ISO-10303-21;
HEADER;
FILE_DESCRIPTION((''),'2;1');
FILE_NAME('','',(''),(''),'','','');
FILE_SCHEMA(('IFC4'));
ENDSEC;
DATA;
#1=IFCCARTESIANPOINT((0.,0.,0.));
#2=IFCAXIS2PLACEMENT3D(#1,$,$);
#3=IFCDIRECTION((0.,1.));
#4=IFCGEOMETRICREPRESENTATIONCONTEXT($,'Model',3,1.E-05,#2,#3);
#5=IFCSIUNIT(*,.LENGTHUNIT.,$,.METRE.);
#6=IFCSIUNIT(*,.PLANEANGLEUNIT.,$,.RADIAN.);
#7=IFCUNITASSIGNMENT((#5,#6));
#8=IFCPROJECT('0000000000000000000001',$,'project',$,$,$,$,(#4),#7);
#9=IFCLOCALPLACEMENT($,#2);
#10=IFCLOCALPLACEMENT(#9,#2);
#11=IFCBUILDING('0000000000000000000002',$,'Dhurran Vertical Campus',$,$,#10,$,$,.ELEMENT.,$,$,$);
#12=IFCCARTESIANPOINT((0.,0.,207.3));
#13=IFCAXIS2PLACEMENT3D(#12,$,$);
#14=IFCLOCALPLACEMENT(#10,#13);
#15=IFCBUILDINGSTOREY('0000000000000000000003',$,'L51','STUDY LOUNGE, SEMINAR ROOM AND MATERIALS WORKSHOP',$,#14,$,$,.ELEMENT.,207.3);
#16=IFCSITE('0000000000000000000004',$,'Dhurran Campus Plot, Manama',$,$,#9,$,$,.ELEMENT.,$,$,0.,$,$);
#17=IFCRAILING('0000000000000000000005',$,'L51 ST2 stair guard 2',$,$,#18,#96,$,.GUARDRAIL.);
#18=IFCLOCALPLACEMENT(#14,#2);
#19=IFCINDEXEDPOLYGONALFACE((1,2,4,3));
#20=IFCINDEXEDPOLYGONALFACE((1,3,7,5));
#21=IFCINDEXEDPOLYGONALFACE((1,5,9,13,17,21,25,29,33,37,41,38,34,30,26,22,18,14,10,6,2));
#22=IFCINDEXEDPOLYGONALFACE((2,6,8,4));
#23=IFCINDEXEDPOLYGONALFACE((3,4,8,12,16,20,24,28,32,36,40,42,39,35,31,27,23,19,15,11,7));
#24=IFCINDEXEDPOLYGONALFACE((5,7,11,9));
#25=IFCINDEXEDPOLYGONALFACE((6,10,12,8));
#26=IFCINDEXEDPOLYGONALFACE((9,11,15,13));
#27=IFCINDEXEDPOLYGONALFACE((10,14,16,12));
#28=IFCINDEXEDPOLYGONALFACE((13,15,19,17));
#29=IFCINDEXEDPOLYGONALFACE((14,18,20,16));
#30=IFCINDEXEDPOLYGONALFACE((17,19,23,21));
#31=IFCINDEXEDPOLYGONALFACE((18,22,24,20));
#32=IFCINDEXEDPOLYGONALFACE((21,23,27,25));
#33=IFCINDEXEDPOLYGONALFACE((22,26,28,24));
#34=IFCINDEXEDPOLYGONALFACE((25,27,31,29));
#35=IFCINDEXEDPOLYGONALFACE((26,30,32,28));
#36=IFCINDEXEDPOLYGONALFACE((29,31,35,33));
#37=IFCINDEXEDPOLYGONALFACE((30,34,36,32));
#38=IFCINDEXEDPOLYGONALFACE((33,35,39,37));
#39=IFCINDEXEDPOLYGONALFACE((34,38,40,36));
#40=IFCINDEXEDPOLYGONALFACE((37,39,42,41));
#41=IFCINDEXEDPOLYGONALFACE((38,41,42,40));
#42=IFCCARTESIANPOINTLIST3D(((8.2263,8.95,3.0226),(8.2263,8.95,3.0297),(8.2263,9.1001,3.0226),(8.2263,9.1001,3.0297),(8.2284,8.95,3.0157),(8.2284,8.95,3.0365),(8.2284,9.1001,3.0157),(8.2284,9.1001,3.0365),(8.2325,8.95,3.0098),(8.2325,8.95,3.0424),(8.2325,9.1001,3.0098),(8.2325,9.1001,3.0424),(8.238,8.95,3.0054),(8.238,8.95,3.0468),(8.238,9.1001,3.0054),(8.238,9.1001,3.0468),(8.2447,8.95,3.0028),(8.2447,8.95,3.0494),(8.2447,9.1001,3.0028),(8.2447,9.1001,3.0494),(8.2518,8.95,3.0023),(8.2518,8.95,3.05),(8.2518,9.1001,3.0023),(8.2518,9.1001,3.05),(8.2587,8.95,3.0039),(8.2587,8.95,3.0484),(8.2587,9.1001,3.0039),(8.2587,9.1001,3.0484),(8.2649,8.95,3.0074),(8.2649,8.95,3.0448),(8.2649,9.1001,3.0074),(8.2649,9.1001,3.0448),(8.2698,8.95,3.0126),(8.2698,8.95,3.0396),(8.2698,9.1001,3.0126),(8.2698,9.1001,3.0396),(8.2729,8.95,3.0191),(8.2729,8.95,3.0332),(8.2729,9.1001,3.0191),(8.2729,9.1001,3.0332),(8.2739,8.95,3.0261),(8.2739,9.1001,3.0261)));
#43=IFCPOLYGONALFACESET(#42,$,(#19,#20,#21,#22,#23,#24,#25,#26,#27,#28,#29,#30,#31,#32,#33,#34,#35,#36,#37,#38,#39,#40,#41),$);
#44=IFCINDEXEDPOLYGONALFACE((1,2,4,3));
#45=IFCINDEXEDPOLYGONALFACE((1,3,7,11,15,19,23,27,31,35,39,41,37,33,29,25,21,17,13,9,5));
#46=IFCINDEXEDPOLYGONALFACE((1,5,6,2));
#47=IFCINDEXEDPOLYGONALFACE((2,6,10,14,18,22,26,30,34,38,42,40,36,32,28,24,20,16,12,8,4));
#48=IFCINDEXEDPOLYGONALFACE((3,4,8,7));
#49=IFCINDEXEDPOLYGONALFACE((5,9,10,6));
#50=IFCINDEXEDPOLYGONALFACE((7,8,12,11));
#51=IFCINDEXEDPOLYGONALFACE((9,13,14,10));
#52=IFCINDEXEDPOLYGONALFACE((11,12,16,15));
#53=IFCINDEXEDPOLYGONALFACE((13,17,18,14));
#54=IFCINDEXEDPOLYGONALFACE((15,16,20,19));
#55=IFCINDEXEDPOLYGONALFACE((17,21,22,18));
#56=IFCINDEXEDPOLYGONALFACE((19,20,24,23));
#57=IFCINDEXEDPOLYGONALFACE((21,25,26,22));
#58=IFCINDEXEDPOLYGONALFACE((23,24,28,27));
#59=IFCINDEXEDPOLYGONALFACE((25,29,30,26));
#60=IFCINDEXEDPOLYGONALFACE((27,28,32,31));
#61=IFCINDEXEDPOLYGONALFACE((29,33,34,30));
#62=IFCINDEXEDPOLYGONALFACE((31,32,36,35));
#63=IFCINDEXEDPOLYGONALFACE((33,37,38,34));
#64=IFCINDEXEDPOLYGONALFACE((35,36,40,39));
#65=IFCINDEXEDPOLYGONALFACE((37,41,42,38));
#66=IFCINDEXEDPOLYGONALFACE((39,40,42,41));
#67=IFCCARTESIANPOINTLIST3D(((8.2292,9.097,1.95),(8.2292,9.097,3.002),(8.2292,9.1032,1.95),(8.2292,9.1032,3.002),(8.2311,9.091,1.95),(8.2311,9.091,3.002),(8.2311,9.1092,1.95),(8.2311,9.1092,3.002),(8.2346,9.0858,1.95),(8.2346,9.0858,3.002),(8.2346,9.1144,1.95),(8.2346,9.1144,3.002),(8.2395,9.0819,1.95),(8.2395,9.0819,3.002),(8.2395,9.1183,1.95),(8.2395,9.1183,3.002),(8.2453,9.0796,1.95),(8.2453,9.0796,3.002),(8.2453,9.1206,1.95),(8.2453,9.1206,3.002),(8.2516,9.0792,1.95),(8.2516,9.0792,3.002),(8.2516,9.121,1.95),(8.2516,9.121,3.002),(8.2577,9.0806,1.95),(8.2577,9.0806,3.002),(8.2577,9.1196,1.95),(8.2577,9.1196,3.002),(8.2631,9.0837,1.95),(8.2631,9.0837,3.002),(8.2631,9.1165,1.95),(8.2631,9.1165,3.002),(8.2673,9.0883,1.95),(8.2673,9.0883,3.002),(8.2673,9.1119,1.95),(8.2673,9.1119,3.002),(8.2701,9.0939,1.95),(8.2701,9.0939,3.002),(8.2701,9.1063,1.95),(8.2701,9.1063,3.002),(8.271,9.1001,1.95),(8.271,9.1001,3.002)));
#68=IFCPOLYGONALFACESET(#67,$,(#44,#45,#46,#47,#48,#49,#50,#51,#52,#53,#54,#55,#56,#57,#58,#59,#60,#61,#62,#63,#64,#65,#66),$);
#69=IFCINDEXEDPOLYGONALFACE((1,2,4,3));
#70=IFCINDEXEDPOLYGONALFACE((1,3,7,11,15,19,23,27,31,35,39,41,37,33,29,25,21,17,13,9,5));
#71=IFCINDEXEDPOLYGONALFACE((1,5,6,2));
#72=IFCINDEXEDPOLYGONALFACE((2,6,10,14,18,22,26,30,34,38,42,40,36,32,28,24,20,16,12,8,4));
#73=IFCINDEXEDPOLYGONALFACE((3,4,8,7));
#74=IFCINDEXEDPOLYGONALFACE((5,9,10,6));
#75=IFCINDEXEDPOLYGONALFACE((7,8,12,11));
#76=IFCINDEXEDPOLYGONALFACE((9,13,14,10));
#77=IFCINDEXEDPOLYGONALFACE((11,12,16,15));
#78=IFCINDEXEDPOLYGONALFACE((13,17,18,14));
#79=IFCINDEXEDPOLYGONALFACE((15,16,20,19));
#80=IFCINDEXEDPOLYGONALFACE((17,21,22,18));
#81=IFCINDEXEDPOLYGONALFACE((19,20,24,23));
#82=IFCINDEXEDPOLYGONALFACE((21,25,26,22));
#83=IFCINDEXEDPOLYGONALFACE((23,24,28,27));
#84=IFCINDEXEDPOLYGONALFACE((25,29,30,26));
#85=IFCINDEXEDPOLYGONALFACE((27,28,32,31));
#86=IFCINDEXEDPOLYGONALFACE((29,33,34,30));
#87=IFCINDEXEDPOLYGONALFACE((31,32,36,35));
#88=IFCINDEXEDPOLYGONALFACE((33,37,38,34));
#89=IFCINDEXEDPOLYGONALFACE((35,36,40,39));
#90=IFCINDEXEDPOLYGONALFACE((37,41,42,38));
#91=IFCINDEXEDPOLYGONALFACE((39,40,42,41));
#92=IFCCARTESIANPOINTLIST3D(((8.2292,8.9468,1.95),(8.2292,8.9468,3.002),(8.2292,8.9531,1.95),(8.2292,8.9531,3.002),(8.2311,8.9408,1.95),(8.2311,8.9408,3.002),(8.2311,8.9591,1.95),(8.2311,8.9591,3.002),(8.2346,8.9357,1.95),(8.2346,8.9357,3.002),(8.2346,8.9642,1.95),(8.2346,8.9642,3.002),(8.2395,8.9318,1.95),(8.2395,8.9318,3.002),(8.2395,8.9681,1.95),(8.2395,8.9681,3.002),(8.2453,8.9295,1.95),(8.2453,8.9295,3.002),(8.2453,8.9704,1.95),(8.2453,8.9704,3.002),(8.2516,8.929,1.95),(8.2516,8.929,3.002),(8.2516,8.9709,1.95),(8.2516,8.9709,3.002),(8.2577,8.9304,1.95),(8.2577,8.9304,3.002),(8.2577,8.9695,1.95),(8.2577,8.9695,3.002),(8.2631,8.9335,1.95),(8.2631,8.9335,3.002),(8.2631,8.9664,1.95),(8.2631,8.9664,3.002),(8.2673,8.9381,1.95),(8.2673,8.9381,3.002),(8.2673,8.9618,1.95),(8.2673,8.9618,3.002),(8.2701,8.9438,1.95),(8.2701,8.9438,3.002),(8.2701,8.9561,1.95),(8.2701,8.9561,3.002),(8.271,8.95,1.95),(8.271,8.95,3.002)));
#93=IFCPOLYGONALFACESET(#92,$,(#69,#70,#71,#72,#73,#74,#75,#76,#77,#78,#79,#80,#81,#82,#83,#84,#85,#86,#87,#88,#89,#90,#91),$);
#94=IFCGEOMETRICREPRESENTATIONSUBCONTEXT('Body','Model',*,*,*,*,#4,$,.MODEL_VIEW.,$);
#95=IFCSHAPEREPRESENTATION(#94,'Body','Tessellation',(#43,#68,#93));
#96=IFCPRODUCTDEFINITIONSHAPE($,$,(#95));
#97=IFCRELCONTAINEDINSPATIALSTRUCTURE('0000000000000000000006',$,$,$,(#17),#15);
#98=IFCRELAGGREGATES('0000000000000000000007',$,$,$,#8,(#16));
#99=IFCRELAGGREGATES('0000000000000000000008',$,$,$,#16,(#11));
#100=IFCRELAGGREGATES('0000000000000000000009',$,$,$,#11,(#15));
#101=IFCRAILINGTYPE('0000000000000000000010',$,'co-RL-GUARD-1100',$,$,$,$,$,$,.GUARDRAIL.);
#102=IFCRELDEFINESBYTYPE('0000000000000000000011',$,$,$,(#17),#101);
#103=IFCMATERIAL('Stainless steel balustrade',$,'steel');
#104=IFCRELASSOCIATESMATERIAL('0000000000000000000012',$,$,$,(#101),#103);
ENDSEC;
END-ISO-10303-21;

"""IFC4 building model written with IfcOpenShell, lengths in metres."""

from ifc_helpers import new_model, si_unit, direction, frame, origin, origin_2d, place, context, subcontext, project, spatial, circle, extrude, material, type_object, element, save


model = new_model("IFC4")

# Units and contexts
model_context = context("Model", 3, precision=1e-05, world=origin(), true_north=direction((0.0, 1.0)))
body_context = subcontext(model_context, "Body", "Model", "MODEL_VIEW")
ifc_project = project(units=[si_unit("LENGTHUNIT", "METRE"), si_unit("PLANEANGLEUNIT", "RADIAN")], contexts=[model_context])

# Site, building, storey
site_placement = place(None, origin())
site = spatial("IfcSite", under=ifc_project, at=site_placement, Name="Dhurran Campus Plot, Manama", CompositionType="ELEMENT", RefElevation=0.0)
building_placement = place(site_placement, origin())
building = spatial("IfcBuilding", under=site, at=building_placement, Name="Dhurran Vertical Campus", CompositionType="ELEMENT")
storey_placement = place(building_placement, frame((0.0, 0.0, 207.3)))
storey = spatial("IfcBuildingStorey", under=building, at=storey_placement, Name="L51", Description="STUDY LOUNGE, SEMINAR ROOM AND MATERIALS WORKSHOP", CompositionType="ELEMENT", Elevation=207.3)

# Railing
ifc_material_1 = material(Name="Stainless steel balustrade", Category="steel")
railing_type_1 = type_object("IfcRailingType", Name="co-RL-GUARD-1100", PredefinedType="GUARDRAIL", material=ifc_material_1)
railing_1_placement = place(storey_placement, frame((8.25, 9.1001, 1.95)))
element("IfcRailing", 1, at=railing_1_placement, inside=storey, type_object=railing_type_1, Name="L51 ST2 stair guard 2", PredefinedType="GUARDRAIL", context=body_context, shape_type="SweptSolid", body=[
    extrude(circle(Radius=0.0239, at=origin_2d()), frame((0.0, 0.0, 1.0762), z_axis=(0.0, -1.0, 0.0), x_axis=(1.0, 0.0, 0.0)), (0.0, 0.0, 1.0), 0.1501),
    extrude(circle(Radius=0.021, at=origin_2d()), origin(), (0.0, 0.0, 1.0), 1.052),
    extrude(circle(Radius=0.021, at=origin_2d()), frame((0.0, -0.1501, 0.0)), (0.0, 0.0, 1.0), 1.052),
])

save(model, "model.ifc")
